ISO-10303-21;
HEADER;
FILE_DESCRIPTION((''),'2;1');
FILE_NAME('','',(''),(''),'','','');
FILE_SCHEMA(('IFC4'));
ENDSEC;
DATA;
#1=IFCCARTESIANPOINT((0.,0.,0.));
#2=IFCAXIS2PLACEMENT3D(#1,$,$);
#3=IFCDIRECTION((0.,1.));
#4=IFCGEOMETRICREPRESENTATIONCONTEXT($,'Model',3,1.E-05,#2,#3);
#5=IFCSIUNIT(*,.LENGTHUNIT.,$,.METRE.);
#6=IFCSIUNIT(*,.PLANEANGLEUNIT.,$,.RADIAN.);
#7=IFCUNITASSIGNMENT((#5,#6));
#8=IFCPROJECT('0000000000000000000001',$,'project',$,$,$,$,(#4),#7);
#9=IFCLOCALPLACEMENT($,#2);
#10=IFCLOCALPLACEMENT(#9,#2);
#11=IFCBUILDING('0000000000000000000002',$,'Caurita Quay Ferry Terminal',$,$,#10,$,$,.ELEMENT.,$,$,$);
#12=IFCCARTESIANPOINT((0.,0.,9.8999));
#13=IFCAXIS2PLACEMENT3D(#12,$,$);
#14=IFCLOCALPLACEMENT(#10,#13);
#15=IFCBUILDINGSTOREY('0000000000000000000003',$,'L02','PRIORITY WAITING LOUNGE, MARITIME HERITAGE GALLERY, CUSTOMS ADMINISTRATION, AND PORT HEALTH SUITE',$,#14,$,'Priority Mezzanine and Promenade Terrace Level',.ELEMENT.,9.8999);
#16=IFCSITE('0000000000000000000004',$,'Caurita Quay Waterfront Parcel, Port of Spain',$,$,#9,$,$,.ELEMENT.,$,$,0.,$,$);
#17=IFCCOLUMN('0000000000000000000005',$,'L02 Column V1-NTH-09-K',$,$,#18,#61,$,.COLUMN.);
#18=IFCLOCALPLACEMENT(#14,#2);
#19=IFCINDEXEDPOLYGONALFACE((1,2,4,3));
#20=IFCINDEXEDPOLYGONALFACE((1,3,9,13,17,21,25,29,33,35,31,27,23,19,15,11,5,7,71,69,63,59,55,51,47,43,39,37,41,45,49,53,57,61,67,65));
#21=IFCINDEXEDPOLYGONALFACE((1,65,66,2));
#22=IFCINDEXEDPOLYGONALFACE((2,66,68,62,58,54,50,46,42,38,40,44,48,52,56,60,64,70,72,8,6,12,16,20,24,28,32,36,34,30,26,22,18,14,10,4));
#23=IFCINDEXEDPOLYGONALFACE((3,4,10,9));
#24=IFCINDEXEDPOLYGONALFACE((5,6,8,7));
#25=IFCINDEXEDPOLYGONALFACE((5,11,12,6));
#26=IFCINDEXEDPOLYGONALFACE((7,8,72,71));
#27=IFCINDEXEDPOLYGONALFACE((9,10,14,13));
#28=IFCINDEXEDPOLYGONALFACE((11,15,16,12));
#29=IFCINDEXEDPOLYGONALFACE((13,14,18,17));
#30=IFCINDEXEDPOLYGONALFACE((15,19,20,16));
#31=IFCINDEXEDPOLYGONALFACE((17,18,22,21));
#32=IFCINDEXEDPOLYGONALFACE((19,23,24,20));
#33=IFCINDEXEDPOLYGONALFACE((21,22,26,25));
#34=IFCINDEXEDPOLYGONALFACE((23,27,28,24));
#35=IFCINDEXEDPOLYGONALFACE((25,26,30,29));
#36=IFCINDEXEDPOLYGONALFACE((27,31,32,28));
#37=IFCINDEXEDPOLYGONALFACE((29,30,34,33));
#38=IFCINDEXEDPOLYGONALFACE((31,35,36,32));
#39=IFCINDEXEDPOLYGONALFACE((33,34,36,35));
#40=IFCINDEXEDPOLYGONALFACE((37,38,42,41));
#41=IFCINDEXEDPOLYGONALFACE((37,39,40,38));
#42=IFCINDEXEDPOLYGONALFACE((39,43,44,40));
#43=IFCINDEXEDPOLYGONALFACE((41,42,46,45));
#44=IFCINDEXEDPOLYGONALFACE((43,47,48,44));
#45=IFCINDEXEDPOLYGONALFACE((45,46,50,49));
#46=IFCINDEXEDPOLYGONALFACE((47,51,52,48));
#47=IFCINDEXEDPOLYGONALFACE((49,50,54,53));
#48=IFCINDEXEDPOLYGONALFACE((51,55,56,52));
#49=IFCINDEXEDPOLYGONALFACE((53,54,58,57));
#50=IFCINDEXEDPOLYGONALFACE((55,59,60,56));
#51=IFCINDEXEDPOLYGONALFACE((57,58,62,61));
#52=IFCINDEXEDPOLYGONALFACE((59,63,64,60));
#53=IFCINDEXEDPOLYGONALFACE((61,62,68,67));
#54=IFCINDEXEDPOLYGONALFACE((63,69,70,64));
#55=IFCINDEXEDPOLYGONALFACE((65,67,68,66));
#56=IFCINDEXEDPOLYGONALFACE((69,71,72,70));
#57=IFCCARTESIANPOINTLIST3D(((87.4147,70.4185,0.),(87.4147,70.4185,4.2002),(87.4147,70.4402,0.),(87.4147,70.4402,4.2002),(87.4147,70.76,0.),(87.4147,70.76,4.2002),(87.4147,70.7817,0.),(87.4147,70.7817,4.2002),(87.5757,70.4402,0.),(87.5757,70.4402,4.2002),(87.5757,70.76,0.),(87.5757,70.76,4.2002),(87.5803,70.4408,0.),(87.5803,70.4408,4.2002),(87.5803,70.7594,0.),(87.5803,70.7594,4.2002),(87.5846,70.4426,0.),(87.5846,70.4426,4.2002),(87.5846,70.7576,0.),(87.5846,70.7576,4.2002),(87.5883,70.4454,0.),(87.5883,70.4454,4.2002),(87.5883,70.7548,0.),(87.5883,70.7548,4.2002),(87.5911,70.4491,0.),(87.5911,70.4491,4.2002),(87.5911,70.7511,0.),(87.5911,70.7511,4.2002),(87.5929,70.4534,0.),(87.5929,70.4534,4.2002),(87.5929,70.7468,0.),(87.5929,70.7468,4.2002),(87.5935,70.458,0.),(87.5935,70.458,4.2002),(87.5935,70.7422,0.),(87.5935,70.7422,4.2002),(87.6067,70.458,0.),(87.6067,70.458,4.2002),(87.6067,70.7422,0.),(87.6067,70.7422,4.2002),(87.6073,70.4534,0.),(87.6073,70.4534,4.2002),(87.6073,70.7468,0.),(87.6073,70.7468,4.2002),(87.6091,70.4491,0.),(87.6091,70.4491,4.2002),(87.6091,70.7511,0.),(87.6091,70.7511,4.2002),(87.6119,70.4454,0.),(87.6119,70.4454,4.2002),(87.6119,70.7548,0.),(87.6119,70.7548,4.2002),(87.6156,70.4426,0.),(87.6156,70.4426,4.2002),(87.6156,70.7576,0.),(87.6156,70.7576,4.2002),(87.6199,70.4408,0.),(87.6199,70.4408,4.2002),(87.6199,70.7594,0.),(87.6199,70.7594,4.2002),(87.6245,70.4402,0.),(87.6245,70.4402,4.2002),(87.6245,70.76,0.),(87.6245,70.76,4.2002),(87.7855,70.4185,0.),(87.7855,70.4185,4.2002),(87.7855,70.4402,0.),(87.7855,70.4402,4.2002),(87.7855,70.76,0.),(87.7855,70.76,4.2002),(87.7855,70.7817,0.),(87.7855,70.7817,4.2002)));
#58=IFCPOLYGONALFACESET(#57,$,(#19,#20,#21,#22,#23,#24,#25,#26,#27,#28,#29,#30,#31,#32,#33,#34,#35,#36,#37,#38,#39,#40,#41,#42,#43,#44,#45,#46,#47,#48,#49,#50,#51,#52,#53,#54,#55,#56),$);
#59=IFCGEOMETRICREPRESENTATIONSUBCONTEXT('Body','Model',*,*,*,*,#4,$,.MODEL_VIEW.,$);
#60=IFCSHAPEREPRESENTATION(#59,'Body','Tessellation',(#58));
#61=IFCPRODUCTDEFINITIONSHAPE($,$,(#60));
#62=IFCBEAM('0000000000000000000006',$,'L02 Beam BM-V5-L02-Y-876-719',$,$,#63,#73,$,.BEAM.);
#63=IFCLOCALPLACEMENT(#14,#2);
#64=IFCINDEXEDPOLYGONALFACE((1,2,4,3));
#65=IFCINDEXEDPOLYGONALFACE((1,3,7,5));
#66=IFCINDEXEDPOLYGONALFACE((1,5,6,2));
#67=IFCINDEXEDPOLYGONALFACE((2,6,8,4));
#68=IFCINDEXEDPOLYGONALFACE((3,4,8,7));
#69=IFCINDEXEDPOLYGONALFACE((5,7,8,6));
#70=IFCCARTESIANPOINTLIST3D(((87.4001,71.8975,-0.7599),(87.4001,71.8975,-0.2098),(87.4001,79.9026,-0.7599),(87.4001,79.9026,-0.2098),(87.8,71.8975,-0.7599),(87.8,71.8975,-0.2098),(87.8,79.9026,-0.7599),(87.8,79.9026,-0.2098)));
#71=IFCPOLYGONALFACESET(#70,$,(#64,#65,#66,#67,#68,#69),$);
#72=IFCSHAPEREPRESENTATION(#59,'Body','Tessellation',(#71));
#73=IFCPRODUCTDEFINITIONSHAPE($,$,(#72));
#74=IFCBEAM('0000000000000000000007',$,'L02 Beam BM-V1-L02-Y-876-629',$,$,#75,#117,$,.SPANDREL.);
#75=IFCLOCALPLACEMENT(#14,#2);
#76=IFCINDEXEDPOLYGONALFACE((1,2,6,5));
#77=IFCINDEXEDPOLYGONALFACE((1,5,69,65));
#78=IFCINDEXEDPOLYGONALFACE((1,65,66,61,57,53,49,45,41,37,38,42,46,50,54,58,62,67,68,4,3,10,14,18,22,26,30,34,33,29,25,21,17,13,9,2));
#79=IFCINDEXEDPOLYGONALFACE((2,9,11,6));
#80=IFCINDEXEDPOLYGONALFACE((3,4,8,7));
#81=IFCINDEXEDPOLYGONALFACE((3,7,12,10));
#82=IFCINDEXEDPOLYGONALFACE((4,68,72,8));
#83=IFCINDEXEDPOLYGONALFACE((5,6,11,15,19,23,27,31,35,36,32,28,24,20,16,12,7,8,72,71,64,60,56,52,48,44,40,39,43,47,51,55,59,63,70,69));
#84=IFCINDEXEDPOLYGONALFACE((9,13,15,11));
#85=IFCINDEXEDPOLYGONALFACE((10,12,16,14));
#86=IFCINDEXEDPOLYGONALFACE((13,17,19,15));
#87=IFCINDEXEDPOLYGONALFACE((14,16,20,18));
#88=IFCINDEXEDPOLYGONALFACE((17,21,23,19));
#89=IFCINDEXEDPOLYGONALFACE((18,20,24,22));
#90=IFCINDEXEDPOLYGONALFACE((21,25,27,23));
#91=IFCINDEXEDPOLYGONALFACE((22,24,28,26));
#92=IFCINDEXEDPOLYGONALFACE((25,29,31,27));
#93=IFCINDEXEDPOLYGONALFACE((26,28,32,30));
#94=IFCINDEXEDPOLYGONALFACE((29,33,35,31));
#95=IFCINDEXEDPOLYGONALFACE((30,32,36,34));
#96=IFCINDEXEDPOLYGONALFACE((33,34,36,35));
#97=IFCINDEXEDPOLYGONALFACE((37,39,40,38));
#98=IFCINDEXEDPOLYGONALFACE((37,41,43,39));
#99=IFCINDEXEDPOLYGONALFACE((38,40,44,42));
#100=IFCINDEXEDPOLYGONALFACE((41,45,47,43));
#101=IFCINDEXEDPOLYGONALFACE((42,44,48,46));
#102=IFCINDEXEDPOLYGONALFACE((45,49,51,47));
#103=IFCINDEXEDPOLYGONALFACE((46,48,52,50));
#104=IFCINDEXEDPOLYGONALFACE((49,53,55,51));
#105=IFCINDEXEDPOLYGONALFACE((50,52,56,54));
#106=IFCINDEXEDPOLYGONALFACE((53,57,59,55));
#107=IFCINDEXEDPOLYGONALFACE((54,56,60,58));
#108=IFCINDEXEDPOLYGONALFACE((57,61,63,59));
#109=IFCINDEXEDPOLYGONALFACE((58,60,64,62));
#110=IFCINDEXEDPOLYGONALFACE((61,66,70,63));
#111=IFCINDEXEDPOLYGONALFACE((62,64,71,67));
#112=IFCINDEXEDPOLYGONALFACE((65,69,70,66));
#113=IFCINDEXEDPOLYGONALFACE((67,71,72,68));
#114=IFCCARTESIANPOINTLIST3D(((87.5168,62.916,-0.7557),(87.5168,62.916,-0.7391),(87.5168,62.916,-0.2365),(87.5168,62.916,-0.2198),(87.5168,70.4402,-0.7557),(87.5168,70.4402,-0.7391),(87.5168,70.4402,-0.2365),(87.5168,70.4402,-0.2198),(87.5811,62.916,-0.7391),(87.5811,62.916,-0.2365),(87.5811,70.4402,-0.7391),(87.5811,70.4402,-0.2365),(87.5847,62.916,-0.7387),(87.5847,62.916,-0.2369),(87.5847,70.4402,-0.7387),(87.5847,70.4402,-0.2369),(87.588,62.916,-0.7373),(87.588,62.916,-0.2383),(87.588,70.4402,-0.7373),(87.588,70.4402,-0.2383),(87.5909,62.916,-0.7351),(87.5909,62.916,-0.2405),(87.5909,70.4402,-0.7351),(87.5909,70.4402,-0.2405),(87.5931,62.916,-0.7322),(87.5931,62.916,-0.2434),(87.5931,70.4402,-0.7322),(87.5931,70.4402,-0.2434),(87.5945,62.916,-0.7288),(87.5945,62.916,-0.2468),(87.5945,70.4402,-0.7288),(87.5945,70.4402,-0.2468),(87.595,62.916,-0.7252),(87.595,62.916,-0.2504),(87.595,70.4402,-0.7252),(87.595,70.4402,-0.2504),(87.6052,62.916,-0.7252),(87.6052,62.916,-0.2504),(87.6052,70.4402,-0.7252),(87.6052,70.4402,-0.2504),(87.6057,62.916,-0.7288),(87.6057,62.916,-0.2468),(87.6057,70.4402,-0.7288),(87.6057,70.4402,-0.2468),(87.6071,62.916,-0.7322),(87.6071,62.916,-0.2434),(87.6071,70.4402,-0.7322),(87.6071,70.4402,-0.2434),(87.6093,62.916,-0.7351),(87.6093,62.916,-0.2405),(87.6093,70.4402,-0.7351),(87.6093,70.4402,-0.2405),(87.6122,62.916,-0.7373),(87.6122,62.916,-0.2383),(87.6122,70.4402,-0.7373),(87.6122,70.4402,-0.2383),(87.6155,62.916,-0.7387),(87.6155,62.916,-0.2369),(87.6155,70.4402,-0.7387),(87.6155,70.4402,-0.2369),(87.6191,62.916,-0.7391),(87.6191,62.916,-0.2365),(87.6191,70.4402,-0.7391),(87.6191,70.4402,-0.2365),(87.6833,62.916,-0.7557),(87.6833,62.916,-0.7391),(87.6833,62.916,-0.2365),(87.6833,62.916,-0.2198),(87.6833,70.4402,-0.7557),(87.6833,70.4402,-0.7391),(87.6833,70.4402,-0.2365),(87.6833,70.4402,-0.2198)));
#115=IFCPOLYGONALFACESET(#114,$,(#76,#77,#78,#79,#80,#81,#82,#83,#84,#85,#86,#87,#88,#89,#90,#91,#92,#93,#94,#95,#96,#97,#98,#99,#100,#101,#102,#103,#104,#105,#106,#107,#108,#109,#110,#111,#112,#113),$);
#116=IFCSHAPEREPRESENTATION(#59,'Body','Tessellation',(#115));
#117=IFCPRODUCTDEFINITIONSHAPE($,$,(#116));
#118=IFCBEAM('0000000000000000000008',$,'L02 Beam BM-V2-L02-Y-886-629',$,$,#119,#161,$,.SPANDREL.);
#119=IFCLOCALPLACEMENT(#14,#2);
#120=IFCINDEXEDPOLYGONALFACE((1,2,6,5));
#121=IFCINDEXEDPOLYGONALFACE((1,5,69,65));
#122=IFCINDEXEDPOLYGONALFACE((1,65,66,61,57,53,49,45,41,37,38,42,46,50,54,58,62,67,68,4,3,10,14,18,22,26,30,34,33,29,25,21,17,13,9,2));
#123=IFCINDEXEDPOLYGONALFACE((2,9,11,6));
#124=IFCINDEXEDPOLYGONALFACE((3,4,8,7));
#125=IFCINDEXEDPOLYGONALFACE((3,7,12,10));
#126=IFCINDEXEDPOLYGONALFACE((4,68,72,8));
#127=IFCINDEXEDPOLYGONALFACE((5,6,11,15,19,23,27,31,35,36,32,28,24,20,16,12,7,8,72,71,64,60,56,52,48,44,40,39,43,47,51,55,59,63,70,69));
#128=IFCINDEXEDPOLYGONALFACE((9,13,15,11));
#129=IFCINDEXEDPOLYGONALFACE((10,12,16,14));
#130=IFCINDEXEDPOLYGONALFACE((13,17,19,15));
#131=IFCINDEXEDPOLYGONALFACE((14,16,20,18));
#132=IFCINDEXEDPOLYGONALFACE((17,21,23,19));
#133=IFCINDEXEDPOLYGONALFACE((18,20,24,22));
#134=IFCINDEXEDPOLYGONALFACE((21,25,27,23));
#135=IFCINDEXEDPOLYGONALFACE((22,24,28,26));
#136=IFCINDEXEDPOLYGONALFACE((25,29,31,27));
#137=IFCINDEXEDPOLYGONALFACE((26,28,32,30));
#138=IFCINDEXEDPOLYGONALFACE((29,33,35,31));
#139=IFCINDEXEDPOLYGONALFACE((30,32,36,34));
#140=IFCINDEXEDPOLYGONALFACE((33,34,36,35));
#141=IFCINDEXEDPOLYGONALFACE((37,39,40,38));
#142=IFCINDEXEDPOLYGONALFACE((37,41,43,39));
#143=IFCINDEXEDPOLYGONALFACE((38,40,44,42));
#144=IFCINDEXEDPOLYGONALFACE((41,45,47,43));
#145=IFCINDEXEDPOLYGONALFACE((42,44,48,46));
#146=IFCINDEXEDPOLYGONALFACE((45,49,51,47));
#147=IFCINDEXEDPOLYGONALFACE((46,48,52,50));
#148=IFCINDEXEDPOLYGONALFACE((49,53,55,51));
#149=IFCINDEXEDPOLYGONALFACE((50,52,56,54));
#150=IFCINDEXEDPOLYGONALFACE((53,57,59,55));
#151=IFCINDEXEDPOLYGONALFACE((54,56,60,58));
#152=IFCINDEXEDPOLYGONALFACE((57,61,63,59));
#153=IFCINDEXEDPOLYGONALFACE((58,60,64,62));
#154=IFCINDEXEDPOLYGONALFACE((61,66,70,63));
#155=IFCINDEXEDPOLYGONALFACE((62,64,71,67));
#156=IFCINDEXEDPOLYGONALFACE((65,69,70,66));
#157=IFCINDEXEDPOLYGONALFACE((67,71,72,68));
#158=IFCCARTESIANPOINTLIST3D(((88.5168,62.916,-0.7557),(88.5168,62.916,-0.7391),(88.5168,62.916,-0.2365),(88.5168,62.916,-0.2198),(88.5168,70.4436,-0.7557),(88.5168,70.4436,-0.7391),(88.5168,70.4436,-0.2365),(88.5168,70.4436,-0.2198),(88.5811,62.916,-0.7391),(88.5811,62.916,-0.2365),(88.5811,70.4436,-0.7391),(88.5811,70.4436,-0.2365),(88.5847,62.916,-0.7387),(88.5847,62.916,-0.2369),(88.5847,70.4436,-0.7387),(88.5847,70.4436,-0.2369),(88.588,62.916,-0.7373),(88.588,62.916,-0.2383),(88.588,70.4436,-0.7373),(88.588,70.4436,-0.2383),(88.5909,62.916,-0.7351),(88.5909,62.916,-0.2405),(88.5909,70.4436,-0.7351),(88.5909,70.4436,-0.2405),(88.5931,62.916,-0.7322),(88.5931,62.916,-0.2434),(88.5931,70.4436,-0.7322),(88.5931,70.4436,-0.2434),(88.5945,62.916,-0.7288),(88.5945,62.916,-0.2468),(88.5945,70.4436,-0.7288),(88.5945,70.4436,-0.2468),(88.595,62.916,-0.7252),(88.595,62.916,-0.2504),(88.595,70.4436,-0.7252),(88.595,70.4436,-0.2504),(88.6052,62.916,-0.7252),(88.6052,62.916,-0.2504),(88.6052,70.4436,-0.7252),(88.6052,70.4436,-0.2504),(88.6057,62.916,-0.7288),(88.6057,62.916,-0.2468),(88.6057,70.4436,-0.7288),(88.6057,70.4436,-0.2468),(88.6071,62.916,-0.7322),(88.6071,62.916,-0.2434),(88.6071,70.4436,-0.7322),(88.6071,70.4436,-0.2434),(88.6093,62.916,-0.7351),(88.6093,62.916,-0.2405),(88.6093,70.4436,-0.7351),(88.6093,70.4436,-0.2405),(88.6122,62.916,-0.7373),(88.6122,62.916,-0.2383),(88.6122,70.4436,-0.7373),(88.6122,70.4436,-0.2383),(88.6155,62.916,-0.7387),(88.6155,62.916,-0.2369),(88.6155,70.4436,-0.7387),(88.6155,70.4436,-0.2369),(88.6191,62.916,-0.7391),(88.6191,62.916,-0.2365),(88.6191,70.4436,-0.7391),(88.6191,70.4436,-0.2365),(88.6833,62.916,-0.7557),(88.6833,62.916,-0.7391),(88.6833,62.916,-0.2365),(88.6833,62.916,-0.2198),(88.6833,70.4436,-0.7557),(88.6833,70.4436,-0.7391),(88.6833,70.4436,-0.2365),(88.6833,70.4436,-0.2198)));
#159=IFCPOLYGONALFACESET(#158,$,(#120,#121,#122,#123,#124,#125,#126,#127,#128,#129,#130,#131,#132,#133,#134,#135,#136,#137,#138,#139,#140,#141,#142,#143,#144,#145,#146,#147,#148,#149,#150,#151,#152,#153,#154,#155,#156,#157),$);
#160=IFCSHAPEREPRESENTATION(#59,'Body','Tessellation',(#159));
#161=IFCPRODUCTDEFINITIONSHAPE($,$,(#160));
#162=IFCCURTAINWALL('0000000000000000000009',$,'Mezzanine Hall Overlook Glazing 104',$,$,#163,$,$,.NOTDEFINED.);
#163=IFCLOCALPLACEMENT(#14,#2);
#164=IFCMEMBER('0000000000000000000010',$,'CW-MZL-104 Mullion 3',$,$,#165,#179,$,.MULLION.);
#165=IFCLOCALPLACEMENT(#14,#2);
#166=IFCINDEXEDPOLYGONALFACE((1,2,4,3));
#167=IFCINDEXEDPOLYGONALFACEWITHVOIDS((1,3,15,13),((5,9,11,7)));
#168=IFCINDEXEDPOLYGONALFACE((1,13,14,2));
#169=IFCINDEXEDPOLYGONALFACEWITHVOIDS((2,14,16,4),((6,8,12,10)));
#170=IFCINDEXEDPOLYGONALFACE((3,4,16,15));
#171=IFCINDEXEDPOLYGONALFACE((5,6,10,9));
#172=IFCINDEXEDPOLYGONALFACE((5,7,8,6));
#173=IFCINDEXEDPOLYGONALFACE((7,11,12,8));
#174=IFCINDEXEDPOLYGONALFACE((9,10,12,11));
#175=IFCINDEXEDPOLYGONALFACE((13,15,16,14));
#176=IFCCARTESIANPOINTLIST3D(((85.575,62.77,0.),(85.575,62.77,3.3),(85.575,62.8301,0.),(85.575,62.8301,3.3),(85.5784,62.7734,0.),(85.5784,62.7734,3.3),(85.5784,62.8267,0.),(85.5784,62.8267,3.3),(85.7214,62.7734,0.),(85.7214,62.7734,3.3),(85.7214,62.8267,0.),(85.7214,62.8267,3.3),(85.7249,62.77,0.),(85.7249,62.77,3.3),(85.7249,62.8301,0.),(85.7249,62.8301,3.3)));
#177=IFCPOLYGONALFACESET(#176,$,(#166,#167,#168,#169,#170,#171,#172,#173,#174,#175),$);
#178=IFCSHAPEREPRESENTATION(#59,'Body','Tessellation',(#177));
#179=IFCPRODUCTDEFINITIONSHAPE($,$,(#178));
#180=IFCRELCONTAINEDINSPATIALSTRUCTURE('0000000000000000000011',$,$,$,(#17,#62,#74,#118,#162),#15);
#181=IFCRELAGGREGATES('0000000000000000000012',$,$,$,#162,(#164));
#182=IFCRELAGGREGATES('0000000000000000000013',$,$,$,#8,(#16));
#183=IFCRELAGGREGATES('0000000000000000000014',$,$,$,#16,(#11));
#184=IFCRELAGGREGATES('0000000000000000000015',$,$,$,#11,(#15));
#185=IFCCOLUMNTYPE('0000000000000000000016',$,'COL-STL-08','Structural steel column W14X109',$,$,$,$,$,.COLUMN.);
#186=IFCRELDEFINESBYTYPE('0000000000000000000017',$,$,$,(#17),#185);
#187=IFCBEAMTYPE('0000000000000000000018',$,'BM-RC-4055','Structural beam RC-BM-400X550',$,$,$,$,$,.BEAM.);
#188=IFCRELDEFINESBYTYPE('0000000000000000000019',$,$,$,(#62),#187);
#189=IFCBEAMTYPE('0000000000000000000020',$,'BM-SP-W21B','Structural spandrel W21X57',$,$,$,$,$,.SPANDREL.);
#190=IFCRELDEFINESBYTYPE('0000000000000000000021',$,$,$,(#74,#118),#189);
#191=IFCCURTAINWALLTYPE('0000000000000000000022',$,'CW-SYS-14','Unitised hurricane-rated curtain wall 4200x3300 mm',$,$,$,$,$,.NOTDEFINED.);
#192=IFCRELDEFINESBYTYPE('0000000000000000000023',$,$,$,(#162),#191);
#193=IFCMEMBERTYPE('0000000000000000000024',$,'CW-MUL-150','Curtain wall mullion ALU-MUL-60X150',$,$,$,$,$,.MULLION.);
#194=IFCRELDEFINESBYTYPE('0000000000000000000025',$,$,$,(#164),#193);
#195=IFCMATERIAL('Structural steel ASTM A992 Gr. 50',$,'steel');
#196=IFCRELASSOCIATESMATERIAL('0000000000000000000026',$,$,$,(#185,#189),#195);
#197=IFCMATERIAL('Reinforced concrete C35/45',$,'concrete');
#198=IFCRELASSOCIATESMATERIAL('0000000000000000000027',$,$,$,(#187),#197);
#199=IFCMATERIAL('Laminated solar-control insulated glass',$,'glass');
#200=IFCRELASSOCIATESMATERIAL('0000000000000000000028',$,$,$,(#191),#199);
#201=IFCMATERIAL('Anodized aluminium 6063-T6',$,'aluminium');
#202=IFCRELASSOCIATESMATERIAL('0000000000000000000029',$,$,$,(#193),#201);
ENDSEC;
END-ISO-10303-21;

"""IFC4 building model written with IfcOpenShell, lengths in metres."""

from ifc_helpers import new_model, si_unit, direction, frame, origin, origin_2d, place, context, subcontext, project, spatial, rectangle, hollow_rectangle, i_section, extrude, material, material_profile, profile_set, type_object, element, aggregate, save


model = new_model("IFC4")

# Units and contexts
model_context = context("Model", 3, precision=1e-05, world=origin(), true_north=direction((0.0, 1.0)))
body_context = subcontext(model_context, "Body", "Model", "MODEL_VIEW")
ifc_project = project(units=[si_unit("LENGTHUNIT", "METRE"), si_unit("PLANEANGLEUNIT", "RADIAN")], contexts=[model_context])

# Site, building, storey
site_placement = place(None, origin())
site = spatial("IfcSite", under=ifc_project, at=site_placement, Name="Caurita Quay Waterfront Parcel, Port of Spain", CompositionType="ELEMENT", RefElevation=0.0)
building_placement = place(site_placement, origin())
building = spatial("IfcBuilding", under=site, at=building_placement, Name="Caurita Quay Ferry Terminal", CompositionType="ELEMENT")
storey_placement = place(building_placement, frame((0.0, 0.0, 9.8999)))
storey = spatial("IfcBuildingStorey", under=building, at=storey_placement, Name="L02", Description="PRIORITY WAITING LOUNGE, MARITIME HERITAGE GALLERY, CUSTOMS ADMINISTRATION, AND PORT HEALTH SUITE", LongName="Priority Mezzanine and Promenade Terrace Level", CompositionType="ELEMENT", Elevation=9.8999)

# Column
ifc_material_1 = material(Name="Structural steel ASTM A992 Gr. 50", Category="steel")
ifc_material_profile_1 = material_profile(ifc_material_1, i_section(OverallWidth=0.3708, OverallDepth=0.3633, WebThickness=0.0132, FlangeThickness=0.0217, FilletRadius=0.0178, at=origin_2d()), Name="W14X109")
ifc_profile_set_1 = profile_set([ifc_material_profile_1], Name="Structural steel ASTM A992 Gr. 50")
column_type = type_object("IfcColumnType", Name="COL-STL-08", Description="Structural steel column W14X109", PredefinedType="COLUMN", material=ifc_profile_set_1)
column_placement = place(storey_placement, frame((87.6001, 70.6001, 0.0), z_axis=(0.0, 0.0, 1.0), x_axis=(1.0, 0.0, 0.0)))
element("IfcColumn", 1, at=column_placement, inside=storey, type_object=column_type, Name="L02 Column V1-NTH-09-K", PredefinedType="COLUMN", context=body_context, shape_type="SweptSolid", body=[
    extrude(i_section(OverallWidth=0.3708, OverallDepth=0.3633, WebThickness=0.0132, FlangeThickness=0.0217, FilletRadius=0.0178, at=origin_2d()), origin(), (0.0, 0.0, 1.0), 4.2002),
])

# Beams
ifc_material_2 = material(Name="Reinforced concrete C35/45", Category="concrete")
ifc_material_profile_2 = material_profile(ifc_material_2, rectangle(XDim=0.3999, YDim=0.55, at=origin_2d()), Name="RC-BM-400X550")
ifc_profile_set_2 = profile_set([ifc_material_profile_2], Name="Reinforced concrete C35/45")
beam_type_1 = type_object("IfcBeamType", Name="BM-RC-4055", Description="Structural beam RC-BM-400X550", PredefinedType="BEAM", material=ifc_profile_set_2)
beam_1_placement = place(storey_placement, frame((87.6001, 71.8975, -0.4849), z_axis=(0.0, 1.0, 0.0), x_axis=(-1.0, 0.0, 0.0)))
element("IfcBeam", 2, at=beam_1_placement, inside=storey, type_object=beam_type_1, Name="L02 Beam BM-V5-L02-Y-876-719", PredefinedType="BEAM", context=body_context, shape_type="SweptSolid", body=[
    extrude(rectangle(XDim=0.3999, YDim=0.55, at=origin_2d()), origin(), (0.0, 0.0, 1.0), 8.0051),
])
ifc_material_profile_3 = material_profile(ifc_material_1, i_section(OverallWidth=0.1665, OverallDepth=0.5359, WebThickness=0.0103, FlangeThickness=0.0166, FilletRadius=0.0139, at=origin_2d()), Name="W21X57")
ifc_profile_set_3 = profile_set([ifc_material_profile_3], Name="Structural steel ASTM A992 Gr. 50")
beam_type_2 = type_object("IfcBeamType", Name="BM-SP-W21B", Description="Structural spandrel W21X57", PredefinedType="SPANDREL", material=ifc_profile_set_3)
beam_2_placement = place(storey_placement, frame((87.6001, 62.916, -0.4878), z_axis=(0.0, 1.0, 0.0), x_axis=(-1.0, 0.0, 0.0)))
element("IfcBeam", 3, at=beam_2_placement, inside=storey, type_object=beam_type_2, Name="L02 Beam BM-V1-L02-Y-876-629", PredefinedType="SPANDREL", context=body_context, shape_type="SweptSolid", body=[
    extrude(i_section(OverallWidth=0.1665, OverallDepth=0.5359, WebThickness=0.0103, FlangeThickness=0.0166, FilletRadius=0.0139, at=origin_2d()), origin(), (0.0, 0.0, 1.0), 7.5242),
])
beam_3_placement = place(storey_placement, frame((88.6001, 62.916, -0.4878), z_axis=(0.0, 1.0, 0.0), x_axis=(-1.0, 0.0, 0.0)))
element("IfcBeam", 4, at=beam_3_placement, inside=storey, type_object=beam_type_2, Name="L02 Beam BM-V2-L02-Y-886-629", PredefinedType="SPANDREL", context=body_context, shape_type="SweptSolid", body=[
    extrude(i_section(OverallWidth=0.1665, OverallDepth=0.5359, WebThickness=0.0103, FlangeThickness=0.0166, FilletRadius=0.0139, at=origin_2d()), origin(), (0.0, 0.0, 1.0), 7.5276),
])

# Curtain wall, member
ifc_material_3 = material(Name="Laminated solar-control insulated glass", Category="glass")
curtain_wall_type = type_object("IfcCurtainWallType", Name="CW-SYS-14", Description="Unitised hurricane-rated curtain wall 4200x3300 mm", PredefinedType="NOTDEFINED", material=ifc_material_3)
curtain_wall_placement = place(storey_placement, origin())
curtain_wall = element("IfcCurtainWall", 5, at=curtain_wall_placement, inside=storey, type_object=curtain_wall_type, Name="Mezzanine Hall Overlook Glazing 104", PredefinedType="NOTDEFINED")
ifc_material_4 = material(Name="Anodized aluminium 6063-T6", Category="aluminium")
ifc_material_profile_4 = material_profile(ifc_material_4, hollow_rectangle(XDim=0.0601, YDim=0.1499, WallThickness=0.0034, at=origin_2d()), Name="ALU-MUL-60X150")
ifc_profile_set_4 = profile_set([ifc_material_profile_4], Name="Anodized aluminium 6063-T6")
member_type_1 = type_object("IfcMemberType", Name="CW-MUL-150", Description="Curtain wall mullion ALU-MUL-60X150", PredefinedType="MULLION", material=ifc_profile_set_4)
member_1_placement = place(storey_placement, frame((85.6499, 62.8, 0.0), z_axis=(0.0, 0.0, 1.0), x_axis=(0.0, 1.0, 0.0)))
member_1 = element("IfcMember", 6, at=member_1_placement, type_object=member_type_1, Name="CW-MZL-104 Mullion 3", PredefinedType="MULLION", context=body_context, shape_type="SweptSolid", body=[
    extrude(hollow_rectangle(XDim=0.0601, YDim=0.1499, WallThickness=0.0034, at=origin_2d()), origin(), (0.0, 0.0, 1.0), 3.3),
])
aggregate(curtain_wall, [member_1])

save(model, "model.ifc")
